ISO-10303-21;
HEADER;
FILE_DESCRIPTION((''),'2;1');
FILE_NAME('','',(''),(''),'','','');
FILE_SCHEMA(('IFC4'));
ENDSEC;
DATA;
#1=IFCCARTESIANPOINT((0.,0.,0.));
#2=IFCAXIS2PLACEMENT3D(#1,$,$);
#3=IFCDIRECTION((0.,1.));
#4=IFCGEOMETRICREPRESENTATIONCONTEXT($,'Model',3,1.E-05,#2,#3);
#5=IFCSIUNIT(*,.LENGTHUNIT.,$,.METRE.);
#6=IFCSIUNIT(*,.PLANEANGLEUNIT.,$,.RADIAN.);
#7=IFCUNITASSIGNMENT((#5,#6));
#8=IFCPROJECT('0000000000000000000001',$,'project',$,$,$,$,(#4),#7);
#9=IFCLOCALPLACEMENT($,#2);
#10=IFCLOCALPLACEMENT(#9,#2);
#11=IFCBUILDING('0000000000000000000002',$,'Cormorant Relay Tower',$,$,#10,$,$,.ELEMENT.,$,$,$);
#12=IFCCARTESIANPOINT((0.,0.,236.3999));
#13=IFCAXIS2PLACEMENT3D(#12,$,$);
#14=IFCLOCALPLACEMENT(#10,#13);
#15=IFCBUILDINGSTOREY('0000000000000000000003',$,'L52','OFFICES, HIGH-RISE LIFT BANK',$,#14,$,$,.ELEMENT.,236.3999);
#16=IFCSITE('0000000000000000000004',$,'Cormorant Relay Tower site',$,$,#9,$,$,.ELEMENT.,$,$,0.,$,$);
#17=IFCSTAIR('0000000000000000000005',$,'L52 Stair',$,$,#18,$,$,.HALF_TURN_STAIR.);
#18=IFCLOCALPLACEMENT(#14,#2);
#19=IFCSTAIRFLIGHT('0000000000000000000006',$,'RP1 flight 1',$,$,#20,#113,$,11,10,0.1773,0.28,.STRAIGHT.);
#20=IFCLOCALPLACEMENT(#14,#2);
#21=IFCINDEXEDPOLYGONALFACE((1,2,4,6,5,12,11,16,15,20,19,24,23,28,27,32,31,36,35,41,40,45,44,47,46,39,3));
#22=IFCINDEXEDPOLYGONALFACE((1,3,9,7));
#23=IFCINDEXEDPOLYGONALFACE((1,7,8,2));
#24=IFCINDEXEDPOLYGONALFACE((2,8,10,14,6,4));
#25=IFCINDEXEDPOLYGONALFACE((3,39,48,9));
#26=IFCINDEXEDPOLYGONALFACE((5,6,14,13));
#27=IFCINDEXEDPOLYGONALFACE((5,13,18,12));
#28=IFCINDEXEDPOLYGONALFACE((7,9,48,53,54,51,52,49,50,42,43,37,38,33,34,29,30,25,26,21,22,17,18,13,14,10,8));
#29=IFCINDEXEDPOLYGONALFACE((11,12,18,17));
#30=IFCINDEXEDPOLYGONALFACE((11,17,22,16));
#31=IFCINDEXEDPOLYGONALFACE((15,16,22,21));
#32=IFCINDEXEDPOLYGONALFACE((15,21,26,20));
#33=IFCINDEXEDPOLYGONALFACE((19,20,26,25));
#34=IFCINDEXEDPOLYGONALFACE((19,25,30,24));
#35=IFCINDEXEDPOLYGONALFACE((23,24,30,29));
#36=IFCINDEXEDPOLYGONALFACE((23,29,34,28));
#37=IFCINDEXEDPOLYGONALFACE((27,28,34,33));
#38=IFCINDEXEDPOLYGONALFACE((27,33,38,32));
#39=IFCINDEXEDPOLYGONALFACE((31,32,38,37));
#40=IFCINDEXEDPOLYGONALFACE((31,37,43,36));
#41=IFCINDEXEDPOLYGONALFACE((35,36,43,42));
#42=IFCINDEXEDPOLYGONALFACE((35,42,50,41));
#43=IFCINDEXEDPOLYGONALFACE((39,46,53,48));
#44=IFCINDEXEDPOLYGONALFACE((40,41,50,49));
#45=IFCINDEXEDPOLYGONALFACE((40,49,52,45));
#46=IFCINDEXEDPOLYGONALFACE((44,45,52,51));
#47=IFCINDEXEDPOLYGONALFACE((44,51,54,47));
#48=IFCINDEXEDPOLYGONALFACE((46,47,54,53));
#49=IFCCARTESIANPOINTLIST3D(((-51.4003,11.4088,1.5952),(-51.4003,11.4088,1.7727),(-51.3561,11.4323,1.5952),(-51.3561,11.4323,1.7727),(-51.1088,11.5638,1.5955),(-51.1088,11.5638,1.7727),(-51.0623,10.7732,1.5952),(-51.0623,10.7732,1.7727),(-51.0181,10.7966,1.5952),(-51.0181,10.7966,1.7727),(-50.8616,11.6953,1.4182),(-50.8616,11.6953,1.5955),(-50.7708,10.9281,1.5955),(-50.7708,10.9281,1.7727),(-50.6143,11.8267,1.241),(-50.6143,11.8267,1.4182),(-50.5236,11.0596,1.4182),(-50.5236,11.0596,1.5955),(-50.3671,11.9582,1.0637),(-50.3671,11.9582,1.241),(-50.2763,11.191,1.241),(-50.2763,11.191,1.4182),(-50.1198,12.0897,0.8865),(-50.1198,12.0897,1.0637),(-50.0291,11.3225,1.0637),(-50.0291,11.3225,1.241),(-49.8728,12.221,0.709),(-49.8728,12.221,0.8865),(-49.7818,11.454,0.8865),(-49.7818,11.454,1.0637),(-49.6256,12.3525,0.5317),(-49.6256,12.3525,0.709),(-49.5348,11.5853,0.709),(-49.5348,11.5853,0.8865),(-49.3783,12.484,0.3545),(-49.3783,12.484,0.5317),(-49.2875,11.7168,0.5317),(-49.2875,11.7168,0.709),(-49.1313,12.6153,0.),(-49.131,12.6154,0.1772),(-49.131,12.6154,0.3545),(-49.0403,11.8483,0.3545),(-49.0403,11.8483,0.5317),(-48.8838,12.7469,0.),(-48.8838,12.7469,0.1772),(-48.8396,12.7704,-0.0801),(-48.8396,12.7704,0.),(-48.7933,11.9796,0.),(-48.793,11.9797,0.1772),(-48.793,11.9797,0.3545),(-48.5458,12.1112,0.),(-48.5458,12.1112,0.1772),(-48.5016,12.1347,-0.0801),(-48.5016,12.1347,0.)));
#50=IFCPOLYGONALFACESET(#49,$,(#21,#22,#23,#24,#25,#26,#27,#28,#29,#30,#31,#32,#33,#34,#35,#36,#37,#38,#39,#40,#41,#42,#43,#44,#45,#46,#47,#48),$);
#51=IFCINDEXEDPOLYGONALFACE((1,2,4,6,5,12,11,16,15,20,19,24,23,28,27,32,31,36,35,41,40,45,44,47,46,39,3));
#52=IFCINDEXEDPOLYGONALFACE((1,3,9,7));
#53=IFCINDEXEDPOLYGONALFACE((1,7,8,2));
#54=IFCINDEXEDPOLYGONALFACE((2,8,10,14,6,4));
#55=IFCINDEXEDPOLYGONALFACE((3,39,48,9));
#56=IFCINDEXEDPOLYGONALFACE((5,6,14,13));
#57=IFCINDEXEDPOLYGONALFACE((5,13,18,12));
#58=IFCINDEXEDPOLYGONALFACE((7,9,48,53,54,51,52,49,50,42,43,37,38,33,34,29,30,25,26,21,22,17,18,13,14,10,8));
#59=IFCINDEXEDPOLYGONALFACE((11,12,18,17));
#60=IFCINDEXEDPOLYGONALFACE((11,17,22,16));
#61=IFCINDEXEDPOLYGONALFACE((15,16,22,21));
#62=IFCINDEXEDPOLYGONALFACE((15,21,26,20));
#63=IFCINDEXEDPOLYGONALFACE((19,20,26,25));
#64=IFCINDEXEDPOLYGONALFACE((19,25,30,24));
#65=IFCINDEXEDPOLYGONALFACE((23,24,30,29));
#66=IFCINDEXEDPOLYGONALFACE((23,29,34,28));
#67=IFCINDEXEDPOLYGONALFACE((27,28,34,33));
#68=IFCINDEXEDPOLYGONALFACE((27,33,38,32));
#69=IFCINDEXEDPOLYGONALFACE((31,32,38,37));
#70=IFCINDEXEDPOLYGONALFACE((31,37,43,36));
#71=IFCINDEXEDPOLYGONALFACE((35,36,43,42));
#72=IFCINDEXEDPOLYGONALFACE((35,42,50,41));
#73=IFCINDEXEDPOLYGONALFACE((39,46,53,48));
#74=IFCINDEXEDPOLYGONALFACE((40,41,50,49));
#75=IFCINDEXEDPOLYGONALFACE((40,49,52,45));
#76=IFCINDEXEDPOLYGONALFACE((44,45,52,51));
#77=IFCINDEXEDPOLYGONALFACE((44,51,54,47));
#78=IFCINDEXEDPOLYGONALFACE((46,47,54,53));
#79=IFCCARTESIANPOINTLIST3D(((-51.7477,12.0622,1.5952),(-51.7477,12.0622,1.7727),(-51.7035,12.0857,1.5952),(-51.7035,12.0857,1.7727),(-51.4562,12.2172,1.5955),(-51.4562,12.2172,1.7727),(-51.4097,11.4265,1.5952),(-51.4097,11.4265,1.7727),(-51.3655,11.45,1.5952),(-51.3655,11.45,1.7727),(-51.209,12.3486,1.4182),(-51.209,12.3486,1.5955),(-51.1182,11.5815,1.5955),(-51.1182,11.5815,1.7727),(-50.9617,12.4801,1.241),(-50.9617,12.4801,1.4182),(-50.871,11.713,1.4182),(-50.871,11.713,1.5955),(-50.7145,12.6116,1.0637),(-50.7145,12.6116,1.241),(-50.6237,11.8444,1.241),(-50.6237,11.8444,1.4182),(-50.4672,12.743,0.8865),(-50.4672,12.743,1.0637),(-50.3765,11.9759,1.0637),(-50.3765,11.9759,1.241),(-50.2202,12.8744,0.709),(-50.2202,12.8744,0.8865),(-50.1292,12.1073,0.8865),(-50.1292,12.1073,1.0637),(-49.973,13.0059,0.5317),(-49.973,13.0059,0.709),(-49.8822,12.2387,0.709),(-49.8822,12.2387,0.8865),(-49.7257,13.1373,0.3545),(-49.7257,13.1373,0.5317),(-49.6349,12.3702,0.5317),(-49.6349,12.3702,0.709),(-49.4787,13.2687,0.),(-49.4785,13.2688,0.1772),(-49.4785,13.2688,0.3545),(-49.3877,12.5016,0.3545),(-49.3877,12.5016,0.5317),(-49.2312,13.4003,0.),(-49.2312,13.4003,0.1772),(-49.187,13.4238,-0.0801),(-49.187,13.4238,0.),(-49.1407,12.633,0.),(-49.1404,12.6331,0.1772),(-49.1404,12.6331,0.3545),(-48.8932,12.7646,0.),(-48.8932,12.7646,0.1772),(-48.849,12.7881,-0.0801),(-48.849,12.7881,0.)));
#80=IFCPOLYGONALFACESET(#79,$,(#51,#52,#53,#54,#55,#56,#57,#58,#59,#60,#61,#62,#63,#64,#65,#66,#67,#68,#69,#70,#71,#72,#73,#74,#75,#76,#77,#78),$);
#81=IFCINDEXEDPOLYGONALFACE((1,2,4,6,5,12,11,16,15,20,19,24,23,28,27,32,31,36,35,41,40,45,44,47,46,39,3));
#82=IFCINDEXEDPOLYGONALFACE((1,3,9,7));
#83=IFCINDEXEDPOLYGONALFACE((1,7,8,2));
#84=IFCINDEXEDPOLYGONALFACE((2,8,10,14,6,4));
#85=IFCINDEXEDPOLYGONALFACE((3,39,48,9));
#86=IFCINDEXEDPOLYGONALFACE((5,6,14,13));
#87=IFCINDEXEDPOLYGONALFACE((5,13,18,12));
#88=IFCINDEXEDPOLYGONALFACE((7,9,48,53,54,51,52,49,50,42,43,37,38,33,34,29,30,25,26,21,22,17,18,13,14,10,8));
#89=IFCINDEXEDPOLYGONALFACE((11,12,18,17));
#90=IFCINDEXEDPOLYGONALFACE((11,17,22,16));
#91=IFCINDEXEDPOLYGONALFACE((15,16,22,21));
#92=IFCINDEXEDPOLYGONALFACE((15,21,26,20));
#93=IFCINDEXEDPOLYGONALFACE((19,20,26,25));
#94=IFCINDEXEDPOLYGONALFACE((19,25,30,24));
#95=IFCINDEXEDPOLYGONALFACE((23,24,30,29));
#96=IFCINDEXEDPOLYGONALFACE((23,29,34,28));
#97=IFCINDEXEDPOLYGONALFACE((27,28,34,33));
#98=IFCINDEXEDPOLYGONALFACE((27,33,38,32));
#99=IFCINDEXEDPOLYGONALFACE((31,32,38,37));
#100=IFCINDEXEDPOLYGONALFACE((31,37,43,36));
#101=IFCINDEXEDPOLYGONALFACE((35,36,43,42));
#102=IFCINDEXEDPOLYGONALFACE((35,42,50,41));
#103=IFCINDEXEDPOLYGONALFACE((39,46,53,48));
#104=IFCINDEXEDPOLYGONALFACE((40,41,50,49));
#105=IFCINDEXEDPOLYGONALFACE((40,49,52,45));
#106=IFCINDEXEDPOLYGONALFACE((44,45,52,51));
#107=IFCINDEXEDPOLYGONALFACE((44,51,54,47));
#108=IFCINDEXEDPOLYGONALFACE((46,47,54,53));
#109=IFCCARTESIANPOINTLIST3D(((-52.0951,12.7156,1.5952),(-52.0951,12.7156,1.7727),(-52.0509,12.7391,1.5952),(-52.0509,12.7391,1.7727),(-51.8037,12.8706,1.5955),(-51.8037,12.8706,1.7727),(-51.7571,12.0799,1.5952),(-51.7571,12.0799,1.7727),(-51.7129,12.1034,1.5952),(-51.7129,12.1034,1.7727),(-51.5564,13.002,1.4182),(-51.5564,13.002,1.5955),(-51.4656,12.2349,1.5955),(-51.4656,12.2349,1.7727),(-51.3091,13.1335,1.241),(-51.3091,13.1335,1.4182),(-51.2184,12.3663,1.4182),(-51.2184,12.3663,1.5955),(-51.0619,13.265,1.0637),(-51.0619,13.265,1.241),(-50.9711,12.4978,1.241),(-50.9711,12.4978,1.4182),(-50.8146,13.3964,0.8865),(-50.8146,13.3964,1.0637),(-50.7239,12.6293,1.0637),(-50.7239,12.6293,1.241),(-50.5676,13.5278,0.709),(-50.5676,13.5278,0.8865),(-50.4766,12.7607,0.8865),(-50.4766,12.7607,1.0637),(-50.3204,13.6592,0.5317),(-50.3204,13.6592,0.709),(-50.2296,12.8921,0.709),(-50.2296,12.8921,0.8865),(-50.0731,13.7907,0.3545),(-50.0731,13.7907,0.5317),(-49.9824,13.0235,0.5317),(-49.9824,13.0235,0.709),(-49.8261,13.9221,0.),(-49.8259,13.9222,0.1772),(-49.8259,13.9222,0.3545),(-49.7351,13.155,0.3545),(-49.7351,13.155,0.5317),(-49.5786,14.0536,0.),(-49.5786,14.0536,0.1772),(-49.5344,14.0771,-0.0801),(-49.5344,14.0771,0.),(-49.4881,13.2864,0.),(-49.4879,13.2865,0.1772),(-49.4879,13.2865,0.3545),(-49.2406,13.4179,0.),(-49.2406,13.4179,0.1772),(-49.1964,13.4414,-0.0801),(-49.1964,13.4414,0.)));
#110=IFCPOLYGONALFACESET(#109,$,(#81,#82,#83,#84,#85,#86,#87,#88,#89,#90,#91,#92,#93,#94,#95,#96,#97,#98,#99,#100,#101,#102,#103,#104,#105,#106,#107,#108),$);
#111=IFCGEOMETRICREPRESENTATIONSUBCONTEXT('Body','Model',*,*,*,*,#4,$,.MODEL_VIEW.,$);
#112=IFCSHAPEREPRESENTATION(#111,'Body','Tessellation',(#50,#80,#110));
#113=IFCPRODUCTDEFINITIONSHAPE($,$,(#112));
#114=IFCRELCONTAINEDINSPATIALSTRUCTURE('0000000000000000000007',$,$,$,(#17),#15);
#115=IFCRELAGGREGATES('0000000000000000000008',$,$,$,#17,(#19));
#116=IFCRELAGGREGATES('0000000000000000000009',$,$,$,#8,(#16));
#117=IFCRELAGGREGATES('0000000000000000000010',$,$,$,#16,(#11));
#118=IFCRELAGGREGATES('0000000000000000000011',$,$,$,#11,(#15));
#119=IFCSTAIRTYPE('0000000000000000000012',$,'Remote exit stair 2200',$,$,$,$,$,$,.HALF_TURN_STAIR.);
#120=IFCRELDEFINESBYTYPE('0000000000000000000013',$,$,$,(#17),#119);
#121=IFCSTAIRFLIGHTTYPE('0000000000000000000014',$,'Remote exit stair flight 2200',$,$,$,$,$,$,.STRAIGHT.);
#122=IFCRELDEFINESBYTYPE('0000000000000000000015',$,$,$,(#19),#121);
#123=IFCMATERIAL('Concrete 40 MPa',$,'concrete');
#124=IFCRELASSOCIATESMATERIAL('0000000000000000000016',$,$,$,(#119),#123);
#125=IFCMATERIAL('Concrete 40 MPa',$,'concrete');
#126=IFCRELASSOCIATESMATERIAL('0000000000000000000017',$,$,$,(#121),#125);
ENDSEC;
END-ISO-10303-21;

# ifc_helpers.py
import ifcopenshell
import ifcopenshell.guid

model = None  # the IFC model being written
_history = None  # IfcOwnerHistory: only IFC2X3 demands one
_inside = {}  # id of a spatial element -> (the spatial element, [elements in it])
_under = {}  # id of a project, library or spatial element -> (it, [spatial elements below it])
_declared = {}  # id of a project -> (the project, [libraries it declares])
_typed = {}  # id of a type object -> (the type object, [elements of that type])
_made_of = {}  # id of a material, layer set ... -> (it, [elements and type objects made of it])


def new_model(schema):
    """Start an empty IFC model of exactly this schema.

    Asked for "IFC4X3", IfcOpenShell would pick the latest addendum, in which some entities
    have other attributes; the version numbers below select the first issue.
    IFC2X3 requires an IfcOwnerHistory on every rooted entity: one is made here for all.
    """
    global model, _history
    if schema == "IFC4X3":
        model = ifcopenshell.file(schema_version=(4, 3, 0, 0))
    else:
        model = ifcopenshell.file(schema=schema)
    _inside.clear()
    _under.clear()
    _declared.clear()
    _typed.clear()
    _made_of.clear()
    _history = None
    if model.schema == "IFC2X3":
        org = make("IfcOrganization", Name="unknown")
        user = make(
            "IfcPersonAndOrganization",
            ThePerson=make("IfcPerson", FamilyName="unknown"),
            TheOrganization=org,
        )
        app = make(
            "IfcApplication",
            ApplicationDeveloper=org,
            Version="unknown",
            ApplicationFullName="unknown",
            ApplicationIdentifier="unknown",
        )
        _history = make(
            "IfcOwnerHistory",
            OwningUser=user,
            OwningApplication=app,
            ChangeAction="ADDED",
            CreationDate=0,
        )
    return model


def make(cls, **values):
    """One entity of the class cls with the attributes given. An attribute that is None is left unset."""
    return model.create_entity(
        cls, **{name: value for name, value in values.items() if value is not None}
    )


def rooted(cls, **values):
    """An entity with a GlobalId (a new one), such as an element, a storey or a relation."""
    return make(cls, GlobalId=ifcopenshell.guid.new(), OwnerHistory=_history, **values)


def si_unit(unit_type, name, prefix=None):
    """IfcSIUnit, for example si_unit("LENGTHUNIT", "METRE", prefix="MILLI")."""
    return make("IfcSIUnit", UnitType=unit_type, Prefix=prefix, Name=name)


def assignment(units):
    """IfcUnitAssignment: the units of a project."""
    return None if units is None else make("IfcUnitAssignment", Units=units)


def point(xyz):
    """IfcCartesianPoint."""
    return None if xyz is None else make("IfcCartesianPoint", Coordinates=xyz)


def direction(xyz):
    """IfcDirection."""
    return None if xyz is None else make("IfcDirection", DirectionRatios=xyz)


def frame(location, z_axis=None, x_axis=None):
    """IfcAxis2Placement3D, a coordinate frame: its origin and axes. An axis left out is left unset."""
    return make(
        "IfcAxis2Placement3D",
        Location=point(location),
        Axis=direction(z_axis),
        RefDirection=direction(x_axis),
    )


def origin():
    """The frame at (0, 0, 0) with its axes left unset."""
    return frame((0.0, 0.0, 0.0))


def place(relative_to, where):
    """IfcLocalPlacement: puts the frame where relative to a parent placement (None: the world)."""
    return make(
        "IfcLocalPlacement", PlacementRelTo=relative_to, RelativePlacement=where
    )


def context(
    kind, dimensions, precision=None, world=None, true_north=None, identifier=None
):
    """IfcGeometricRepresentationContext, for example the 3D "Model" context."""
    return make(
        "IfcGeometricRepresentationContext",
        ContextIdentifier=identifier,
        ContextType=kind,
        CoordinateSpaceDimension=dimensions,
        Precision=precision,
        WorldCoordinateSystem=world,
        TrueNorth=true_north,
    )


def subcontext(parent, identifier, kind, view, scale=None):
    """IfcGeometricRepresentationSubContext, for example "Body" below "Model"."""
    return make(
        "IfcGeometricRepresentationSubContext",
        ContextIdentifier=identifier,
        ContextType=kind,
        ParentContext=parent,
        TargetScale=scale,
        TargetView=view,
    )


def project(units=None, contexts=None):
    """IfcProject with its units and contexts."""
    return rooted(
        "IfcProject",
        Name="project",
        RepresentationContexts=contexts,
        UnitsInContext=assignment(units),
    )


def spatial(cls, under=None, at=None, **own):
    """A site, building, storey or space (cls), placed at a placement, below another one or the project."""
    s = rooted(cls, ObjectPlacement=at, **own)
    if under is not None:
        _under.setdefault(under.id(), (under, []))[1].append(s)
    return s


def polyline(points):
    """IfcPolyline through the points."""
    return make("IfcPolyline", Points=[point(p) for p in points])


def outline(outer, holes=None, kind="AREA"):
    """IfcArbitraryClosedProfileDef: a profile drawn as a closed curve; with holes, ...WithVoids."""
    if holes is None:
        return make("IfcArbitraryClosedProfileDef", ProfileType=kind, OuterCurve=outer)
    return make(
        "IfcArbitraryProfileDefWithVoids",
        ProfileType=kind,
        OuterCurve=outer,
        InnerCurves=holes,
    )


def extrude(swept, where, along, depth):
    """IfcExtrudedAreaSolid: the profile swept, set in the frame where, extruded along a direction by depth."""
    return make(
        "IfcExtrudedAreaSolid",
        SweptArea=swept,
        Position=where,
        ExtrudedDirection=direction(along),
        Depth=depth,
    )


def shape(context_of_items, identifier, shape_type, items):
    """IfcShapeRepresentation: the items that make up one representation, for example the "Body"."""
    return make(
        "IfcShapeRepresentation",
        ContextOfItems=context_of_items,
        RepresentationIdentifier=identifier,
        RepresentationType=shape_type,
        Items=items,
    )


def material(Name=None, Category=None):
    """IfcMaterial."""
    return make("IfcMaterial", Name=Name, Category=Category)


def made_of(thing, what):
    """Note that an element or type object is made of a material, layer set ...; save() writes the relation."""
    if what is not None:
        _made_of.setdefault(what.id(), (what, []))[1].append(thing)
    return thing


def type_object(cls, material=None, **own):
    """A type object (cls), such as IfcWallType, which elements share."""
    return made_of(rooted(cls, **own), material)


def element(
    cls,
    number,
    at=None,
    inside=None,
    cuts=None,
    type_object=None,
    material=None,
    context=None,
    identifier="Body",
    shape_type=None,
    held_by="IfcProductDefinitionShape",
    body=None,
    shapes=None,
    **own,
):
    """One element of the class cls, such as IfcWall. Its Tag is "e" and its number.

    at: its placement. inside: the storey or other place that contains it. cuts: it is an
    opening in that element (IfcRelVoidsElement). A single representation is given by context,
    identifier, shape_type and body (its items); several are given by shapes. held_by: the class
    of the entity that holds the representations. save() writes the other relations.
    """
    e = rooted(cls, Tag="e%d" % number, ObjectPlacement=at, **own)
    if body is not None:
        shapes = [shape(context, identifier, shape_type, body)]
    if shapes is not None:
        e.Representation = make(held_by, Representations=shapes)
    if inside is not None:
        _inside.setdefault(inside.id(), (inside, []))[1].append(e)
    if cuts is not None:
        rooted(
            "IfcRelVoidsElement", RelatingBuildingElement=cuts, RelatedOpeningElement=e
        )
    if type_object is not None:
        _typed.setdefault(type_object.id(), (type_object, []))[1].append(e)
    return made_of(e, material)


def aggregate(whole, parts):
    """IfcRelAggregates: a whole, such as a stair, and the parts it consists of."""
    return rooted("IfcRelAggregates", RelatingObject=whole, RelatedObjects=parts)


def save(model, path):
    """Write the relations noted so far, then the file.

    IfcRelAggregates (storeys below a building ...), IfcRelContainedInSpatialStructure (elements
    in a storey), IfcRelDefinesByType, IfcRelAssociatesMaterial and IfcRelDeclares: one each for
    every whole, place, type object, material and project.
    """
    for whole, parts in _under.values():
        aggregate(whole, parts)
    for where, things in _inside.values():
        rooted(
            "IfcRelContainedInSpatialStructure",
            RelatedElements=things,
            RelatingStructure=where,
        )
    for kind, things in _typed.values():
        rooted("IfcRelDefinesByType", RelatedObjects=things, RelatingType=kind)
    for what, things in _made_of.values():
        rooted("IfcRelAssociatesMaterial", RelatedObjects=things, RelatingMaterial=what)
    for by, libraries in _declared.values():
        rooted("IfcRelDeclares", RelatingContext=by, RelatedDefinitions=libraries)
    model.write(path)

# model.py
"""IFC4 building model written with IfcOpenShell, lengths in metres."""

from ifc_helpers import new_model, si_unit, direction, frame, origin, place, context, subcontext, project, spatial, polyline, outline, extrude, material, type_object, element, aggregate, save


model = new_model("IFC4")

# Units and contexts
model_context = context("Model", 3, precision=1e-05, world=origin(), true_north=direction((0.0, 1.0)))
body_context = subcontext(model_context, "Body", "Model", "MODEL_VIEW")
ifc_project = project(units=[si_unit("LENGTHUNIT", "METRE"), si_unit("PLANEANGLEUNIT", "RADIAN")], contexts=[model_context])

# Site, building, storey
site_placement = place(None, origin())
site = spatial("IfcSite", under=ifc_project, at=site_placement, Name="Cormorant Relay Tower site", CompositionType="ELEMENT", RefElevation=0.0)
building_placement = place(site_placement, origin())
building = spatial("IfcBuilding", under=site, at=building_placement, Name="Cormorant Relay Tower", CompositionType="ELEMENT")
storey_placement = place(building_placement, frame((0.0, 0.0, 236.3999)))
storey = spatial("IfcBuildingStorey", under=building, at=storey_placement, Name="L52", Description="OFFICES, HIGH-RISE LIFT BANK", CompositionType="ELEMENT", Elevation=236.3999)

# Stair, stair flight
ifc_material_1 = material(Name="Concrete 40 MPa", Category="concrete")
stair_type = type_object("IfcStairType", Name="Remote exit stair 2200", PredefinedType="HALF_TURN_STAIR", material=ifc_material_1)
stair_placement = place(storey_placement, origin())
stair = element("IfcStair", 1, at=stair_placement, inside=storey, type_object=stair_type, Name="L52 Stair", PredefinedType="HALF_TURN_STAIR")
ifc_material_2 = material(Name="Concrete 40 MPa", Category="concrete")
stair_flight_type = type_object("IfcStairFlightType", Name="Remote exit stair flight 2200", PredefinedType="STRAIGHT", material=ifc_material_2)
stair_flight_1_placement = place(storey_placement, frame((-49.0623, 13.0825, 0.0), z_axis=(0.0, 0.0, 1.0), x_axis=(-0.882948, -0.469472, 0.0)))
stair_flight_1 = element("IfcStairFlight", 2, at=stair_flight_1_placement, type_object=stair_flight_type, Name="RP1 flight 1", NumberOfRisers=11, NumberOfTreads=10, PredefinedType="STRAIGHT", RiserHeight=0.1773, TreadLength=0.28, context=body_context, shape_type="SweptSolid", body=[
    extrude(outline(polyline([(-0.05, -0.0801), (-0.05, 0.0), (0.0, 0.0), (0.0, 0.1772), (0.28, 0.1772), (0.28, 0.3545), (0.5601, 0.3545), (0.5601, 0.5317), (0.8401, 0.5317), (0.8401, 0.709), (1.1201, 0.709), (1.1201, 0.8865), (1.3999, 0.8865), (1.3999, 1.0637), (1.6799, 1.0637), (1.6799, 1.241), (1.96, 1.241), (1.96, 1.4182), (2.24, 1.4182), (2.24, 1.5955), (2.52, 1.5955), (2.52, 1.7727), (2.8, 1.7727), (2.8501, 1.7727), (2.8501, 1.5952), (2.8, 1.5952), (0.2803, 0.0), (-0.05, -0.0801)])), frame((0.0, 1.1001, 0.0), z_axis=(0.0, -1.0, 0.0), x_axis=(1.0, 0.0, 0.0)), (0.0, 0.0, 1.0), 0.72),
    extrude(outline(polyline([(-0.05, -0.0801), (-0.05, 0.0), (0.0, 0.0), (0.0, 0.1772), (0.28, 0.1772), (0.28, 0.3545), (0.5601, 0.3545), (0.5601, 0.5317), (0.8401, 0.5317), (0.8401, 0.709), (1.1201, 0.709), (1.1201, 0.8865), (1.3999, 0.8865), (1.3999, 1.0637), (1.6799, 1.0637), (1.6799, 1.241), (1.96, 1.241), (1.96, 1.4182), (2.24, 1.4182), (2.24, 1.5955), (2.52, 1.5955), (2.52, 1.7727), (2.8, 1.7727), (2.8501, 1.7727), (2.8501, 1.5952), (2.8, 1.5952), (0.2803, 0.0), (-0.05, -0.0801)])), frame((0.0, 0.3601, 0.0), z_axis=(0.0, -1.0, 0.0), x_axis=(1.0, 0.0, 0.0)), (0.0, 0.0, 1.0), 0.72),
    extrude(outline(polyline([(-0.05, -0.0801), (-0.05, 0.0), (0.0, 0.0), (0.0, 0.1772), (0.28, 0.1772), (0.28, 0.3545), (0.5601, 0.3545), (0.5601, 0.5317), (0.8401, 0.5317), (0.8401, 0.709), (1.1201, 0.709), (1.1201, 0.8865), (1.3999, 0.8865), (1.3999, 1.0637), (1.6799, 1.0637), (1.6799, 1.241), (1.96, 1.241), (1.96, 1.4182), (2.24, 1.4182), (2.24, 1.5955), (2.52, 1.5955), (2.52, 1.7727), (2.8, 1.7727), (2.8501, 1.7727), (2.8501, 1.5952), (2.8, 1.5952), (0.2803, 0.0), (-0.05, -0.0801)])), frame((0.0, -0.3799, 0.0), z_axis=(0.0, -1.0, 0.0), x_axis=(1.0, 0.0, 0.0)), (0.0, 0.0, 1.0), 0.72),
])
aggregate(stair, [stair_flight_1])

save(model, "model.ifc")
